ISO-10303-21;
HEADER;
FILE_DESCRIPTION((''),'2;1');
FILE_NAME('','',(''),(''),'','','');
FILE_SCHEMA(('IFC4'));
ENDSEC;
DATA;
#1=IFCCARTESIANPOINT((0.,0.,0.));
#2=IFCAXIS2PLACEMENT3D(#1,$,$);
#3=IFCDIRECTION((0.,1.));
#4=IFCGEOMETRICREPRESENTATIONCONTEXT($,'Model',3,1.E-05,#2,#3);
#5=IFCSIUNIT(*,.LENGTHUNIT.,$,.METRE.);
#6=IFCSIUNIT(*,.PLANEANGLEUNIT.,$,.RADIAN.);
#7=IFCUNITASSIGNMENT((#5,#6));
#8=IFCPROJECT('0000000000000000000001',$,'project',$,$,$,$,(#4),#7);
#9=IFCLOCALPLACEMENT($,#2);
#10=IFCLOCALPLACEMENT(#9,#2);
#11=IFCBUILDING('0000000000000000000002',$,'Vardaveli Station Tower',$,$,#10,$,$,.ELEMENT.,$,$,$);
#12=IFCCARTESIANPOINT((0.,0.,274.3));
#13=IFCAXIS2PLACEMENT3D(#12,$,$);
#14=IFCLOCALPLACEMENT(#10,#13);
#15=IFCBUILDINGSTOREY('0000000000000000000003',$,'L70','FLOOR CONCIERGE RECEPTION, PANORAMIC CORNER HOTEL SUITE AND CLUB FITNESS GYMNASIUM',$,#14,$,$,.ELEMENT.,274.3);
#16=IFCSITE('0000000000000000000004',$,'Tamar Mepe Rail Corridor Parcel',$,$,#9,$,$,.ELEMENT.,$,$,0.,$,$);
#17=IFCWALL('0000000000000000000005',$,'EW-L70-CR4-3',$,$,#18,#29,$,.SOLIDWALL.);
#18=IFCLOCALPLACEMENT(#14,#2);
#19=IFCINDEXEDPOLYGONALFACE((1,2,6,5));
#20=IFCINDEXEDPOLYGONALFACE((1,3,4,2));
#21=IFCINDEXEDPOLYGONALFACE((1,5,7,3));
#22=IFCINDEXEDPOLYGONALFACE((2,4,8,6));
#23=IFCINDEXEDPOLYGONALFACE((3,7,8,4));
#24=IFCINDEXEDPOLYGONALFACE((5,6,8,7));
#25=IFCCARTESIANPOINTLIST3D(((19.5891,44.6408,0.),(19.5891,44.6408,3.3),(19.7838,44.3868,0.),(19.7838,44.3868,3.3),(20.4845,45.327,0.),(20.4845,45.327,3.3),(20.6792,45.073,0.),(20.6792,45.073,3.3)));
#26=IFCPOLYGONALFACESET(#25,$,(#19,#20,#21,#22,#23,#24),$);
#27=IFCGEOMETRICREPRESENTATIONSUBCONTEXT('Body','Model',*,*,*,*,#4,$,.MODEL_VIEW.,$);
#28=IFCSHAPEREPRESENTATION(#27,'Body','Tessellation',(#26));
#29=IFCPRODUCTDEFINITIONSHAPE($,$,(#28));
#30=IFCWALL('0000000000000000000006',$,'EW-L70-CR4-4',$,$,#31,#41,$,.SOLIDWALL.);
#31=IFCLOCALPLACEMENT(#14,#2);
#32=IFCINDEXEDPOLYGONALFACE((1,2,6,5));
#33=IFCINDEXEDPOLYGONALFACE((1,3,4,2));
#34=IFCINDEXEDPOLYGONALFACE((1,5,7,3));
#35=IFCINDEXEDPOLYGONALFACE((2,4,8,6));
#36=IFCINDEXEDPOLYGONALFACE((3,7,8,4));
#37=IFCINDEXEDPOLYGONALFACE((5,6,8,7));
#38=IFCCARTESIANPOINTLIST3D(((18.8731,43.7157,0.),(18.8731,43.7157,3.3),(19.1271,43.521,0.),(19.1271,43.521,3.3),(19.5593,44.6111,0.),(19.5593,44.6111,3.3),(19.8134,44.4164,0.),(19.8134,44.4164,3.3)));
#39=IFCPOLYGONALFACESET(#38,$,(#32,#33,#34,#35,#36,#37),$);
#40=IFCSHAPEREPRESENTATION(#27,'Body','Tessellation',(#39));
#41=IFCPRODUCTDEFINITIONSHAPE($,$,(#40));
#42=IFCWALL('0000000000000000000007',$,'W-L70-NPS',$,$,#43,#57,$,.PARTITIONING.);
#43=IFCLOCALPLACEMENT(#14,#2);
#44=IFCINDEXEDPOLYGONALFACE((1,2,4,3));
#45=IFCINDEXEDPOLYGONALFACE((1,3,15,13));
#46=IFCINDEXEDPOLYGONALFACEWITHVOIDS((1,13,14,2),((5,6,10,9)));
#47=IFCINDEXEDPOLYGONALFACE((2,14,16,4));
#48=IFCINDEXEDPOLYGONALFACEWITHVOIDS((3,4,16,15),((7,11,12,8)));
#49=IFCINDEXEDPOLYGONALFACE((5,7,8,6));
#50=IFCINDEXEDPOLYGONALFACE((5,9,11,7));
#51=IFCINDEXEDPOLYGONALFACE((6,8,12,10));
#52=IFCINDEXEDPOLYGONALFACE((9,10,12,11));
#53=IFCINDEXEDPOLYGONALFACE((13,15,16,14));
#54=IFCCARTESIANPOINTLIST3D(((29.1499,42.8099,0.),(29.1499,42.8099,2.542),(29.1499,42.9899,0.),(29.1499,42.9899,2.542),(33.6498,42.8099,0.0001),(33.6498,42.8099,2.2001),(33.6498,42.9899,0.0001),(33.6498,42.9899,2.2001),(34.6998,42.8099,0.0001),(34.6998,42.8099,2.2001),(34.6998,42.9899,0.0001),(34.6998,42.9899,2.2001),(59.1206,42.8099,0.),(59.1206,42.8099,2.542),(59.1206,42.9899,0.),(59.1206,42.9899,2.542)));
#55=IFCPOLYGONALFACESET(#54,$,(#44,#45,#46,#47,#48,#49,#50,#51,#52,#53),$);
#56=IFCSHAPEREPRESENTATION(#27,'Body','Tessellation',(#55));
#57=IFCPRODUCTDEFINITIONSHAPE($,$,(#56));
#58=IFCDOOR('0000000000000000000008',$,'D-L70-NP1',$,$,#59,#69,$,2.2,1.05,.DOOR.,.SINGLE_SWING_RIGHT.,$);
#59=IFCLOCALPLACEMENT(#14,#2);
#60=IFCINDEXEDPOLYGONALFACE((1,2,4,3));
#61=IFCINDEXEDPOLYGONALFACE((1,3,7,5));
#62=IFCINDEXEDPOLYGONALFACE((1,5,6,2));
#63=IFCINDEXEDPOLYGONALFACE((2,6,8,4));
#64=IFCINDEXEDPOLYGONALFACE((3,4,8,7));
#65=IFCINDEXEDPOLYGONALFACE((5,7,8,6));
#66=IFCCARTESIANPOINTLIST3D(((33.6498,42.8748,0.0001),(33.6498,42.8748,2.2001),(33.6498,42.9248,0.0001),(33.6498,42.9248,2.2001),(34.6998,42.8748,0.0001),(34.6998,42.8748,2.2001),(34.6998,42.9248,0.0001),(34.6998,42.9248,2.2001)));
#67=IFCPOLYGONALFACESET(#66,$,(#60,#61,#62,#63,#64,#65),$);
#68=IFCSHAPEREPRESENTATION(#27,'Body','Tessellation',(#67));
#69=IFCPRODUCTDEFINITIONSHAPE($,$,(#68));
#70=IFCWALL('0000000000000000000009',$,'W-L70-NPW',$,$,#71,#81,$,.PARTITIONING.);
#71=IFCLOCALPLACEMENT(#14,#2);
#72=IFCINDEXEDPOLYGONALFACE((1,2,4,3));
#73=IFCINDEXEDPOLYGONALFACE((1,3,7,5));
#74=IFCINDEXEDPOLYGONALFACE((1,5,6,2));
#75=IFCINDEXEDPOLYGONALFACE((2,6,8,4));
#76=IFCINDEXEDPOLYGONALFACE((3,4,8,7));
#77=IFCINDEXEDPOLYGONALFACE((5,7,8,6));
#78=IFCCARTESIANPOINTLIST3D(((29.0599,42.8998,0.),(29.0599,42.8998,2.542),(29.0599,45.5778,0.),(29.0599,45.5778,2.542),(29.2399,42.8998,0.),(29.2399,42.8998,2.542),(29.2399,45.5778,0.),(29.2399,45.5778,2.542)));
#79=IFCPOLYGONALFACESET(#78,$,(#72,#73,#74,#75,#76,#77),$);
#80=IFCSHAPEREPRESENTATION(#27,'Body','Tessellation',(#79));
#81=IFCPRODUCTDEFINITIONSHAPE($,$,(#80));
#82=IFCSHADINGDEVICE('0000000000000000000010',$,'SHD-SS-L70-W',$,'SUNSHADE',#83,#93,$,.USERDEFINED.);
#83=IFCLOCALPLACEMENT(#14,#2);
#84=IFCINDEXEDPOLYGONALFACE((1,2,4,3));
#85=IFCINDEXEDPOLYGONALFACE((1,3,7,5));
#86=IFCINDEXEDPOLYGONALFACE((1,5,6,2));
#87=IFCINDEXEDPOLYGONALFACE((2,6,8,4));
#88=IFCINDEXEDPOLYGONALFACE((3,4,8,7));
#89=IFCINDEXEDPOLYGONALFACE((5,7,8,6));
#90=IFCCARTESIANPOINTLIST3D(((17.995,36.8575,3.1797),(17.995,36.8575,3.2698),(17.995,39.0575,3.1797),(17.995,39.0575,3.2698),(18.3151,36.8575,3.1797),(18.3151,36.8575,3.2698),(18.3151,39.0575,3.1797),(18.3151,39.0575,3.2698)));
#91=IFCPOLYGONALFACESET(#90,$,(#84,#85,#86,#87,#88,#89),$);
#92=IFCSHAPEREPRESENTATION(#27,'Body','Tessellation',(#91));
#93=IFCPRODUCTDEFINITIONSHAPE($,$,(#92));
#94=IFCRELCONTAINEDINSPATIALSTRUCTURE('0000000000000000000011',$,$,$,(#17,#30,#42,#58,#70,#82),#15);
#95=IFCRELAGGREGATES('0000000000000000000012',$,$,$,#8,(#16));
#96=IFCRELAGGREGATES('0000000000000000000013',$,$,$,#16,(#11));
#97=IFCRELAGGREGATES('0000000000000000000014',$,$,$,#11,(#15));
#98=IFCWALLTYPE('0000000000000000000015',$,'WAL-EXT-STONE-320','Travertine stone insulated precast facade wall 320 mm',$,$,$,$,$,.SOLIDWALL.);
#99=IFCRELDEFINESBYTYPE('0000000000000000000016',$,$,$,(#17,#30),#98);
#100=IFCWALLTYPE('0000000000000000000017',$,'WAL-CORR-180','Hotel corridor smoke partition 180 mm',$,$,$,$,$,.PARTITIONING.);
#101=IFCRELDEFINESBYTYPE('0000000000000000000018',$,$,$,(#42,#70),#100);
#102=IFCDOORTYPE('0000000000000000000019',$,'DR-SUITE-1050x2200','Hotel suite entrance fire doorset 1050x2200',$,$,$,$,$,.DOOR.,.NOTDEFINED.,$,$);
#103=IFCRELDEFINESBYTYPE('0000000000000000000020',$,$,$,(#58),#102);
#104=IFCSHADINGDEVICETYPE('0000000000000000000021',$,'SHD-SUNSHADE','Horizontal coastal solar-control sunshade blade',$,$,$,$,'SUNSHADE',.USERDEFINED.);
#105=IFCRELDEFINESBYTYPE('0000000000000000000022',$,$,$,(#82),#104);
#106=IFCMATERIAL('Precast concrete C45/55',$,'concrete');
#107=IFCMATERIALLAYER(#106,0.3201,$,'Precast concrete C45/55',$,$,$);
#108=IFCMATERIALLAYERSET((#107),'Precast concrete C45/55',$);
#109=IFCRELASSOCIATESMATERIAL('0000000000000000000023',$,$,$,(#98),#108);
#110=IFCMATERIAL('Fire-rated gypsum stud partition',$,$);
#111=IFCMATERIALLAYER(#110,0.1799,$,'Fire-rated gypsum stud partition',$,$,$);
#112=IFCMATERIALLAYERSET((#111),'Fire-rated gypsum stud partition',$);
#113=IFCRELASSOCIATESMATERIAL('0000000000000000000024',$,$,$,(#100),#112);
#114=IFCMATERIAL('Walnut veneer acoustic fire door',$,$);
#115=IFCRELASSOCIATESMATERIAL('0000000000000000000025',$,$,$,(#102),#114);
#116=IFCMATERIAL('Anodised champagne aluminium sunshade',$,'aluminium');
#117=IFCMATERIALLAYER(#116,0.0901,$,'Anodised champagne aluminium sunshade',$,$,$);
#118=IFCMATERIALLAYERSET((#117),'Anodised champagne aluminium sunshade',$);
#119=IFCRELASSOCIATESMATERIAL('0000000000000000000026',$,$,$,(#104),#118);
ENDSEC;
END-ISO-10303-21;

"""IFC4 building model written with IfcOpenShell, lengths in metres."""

from ifc_helpers import new_model, si_unit, direction, frame, frame_2d, origin, origin_2d, place, context, subcontext, project, spatial, rectangle, extrude, source, transform, mapped, material, layer, layer_set, type_object, element, fill, save


model = new_model("IFC4")

# Units and contexts
model_context = context("Model", 3, precision=1e-05, world=origin(), true_north=direction((0.0, 1.0)))
body_context = subcontext(model_context, "Body", "Model", "MODEL_VIEW")
ifc_project = project(units=[si_unit("LENGTHUNIT", "METRE"), si_unit("PLANEANGLEUNIT", "RADIAN")], contexts=[model_context])

# Site, building, storey
site_placement = place(None, origin())
site = spatial("IfcSite", under=ifc_project, at=site_placement, Name="Tamar Mepe Rail Corridor Parcel", CompositionType="ELEMENT", RefElevation=0.0)
building_placement = place(site_placement, origin())
building = spatial("IfcBuilding", under=site, at=building_placement, Name="Vardaveli Station Tower", CompositionType="ELEMENT")
storey_placement = place(building_placement, frame((0.0, 0.0, 274.3)))
storey = spatial("IfcBuildingStorey", under=building, at=storey_placement, Name="L70", Description="FLOOR CONCIERGE RECEPTION, PANORAMIC CORNER HOTEL SUITE AND CLUB FITNESS GYMNASIUM", CompositionType="ELEMENT", Elevation=274.3)

# Shared definitions
ifc_material_1 = material(Name="Precast concrete C45/55", Category="concrete")

# Shared definitions
ifc_layer_1 = layer(ifc_material_1, 0.3201, Name="Precast concrete C45/55")
ifc_layer_set_1 = layer_set([ifc_layer_1], Name="Precast concrete C45/55")
wall_type_1 = type_object("IfcWallType", Name="WAL-EXT-STONE-320", Description="Travertine stone insulated precast facade wall 320 mm", PredefinedType="SOLIDWALL", material=ifc_layer_set_1)

# Walls
shared_shape_1 = source(origin(), body_context, "Body", "SweptSolid", [
    extrude(rectangle(XDim=1.1282, YDim=0.3201, at=frame_2d((0.564, 0.0))), origin(), (0.0, 0.0, 1.0), 3.3),
])
for number, where, z_axis, x_axis, name in (
    (1, (20.5818, 45.2, 0.0), (0.0, 0.0, 1.0), (-0.793725, -0.608277, 0.0), "EW-L70-CR4-3"),
    (2, (19.6863, 44.5137, 0.0), (0.0, 0.0, 1.0), (-0.608277, -0.793725, 0.0), "EW-L70-CR4-4"),
):
    element("IfcWall", number, at=place(storey_placement, frame(where, z_axis=z_axis, x_axis=x_axis)), inside=storey, type_object=wall_type_1, Name=name, PredefinedType="SOLIDWALL", context=body_context, shape_type="MappedRepresentation", body=[
        mapped(shared_shape_1, transform((0.0, 0.0, 0.0), scale=1.0)),
    ])

# Wall, opening, door
ifc_material_2 = material(Name="Fire-rated gypsum stud partition")
ifc_layer_2 = layer(ifc_material_2, 0.1799, Name="Fire-rated gypsum stud partition")
ifc_layer_set_2 = layer_set([ifc_layer_2], Name="Fire-rated gypsum stud partition")
wall_type_2 = type_object("IfcWallType", Name="WAL-CORR-180", Description="Hotel corridor smoke partition 180 mm", PredefinedType="PARTITIONING", material=ifc_layer_set_2)
shared_shape_2 = source(origin(), body_context, "Body", "SweptSolid", [
    extrude(rectangle(XDim=29.9707, YDim=0.1799, at=frame_2d((14.9854, 0.0))), origin(), (0.0, 0.0, 1.0), 2.542),
])
wall_1_placement = place(storey_placement, frame((29.1499, 42.8999, 0.0), z_axis=(0.0, 0.0, 1.0), x_axis=(1.0, 0.0, 0.0)))
wall_1 = element("IfcWall", 3, at=wall_1_placement, inside=storey, type_object=wall_type_2, Name="W-L70-NPS", PredefinedType="PARTITIONING", context=body_context, shape_type="MappedRepresentation", body=[
    mapped(shared_shape_2, transform((0.0, 0.0, 0.0), scale=1.0)),
])
shared_shape_3 = source(origin(), body_context, "Body", "SweptSolid", [
    extrude(rectangle(XDim=1.05, YDim=2.2, at=frame_2d((0.5249, 1.1001))), frame((0.0, 0.1001, 0.0), z_axis=(0.0, -1.0, 0.0), x_axis=(1.0, 0.0, 0.0)), (0.0, 0.0, 1.0), 0.2),
])
opening_1_placement = place(wall_1_placement, frame((4.5, 0.0, 0.0)))
opening_1 = element("IfcOpeningElement", 4, at=opening_1_placement, cuts=wall_1, PredefinedType="OPENING", context=body_context, shape_type="MappedRepresentation", body=[
    mapped(shared_shape_3, transform((0.0, 0.0, 0.0), scale=1.0)),
])
ifc_material_3 = material(Name="Walnut veneer acoustic fire door")
door_type_1 = type_object("IfcDoorType", Name="DR-SUITE-1050x2200", Description="Hotel suite entrance fire doorset 1050x2200", OperationType="NOTDEFINED", PredefinedType="DOOR", material=ifc_material_3)
shared_shape_4 = source(origin(), body_context, "Body", "SweptSolid", [
    extrude(rectangle(XDim=1.05, YDim=2.2, at=frame_2d((0.5249, 1.1001))), frame((0.0, 0.0249, 0.0), z_axis=(0.0, -1.0, 0.0), x_axis=(1.0, 0.0, 0.0)), (0.0, 0.0, 1.0), 0.05),
])
door_1_placement = place(opening_1_placement, origin())
door_1 = element("IfcDoor", 5, at=door_1_placement, inside=storey, type_object=door_type_1, Name="D-L70-NP1", OperationType="SINGLE_SWING_RIGHT", OverallHeight=2.2, OverallWidth=1.05, PredefinedType="DOOR", context=body_context, shape_type="MappedRepresentation", body=[
    mapped(shared_shape_4, transform((0.0, 0.0, 0.0), scale=1.0)),
])
fill(opening_1, door_1)

# Wall
shared_shape_5 = source(origin(), body_context, "Body", "SweptSolid", [
    extrude(rectangle(XDim=2.678, YDim=0.1799, at=frame_2d((1.3389, 0.0))), origin(), (0.0, 0.0, 1.0), 2.542),
])
wall_2_placement = place(storey_placement, frame((29.1499, 42.8999, 0.0), z_axis=(0.0, 0.0, 1.0), x_axis=(0.0, 1.0, 0.0)))
element("IfcWall", 6, at=wall_2_placement, inside=storey, type_object=wall_type_2, Name="W-L70-NPW", PredefinedType="PARTITIONING", context=body_context, shape_type="MappedRepresentation", body=[
    mapped(shared_shape_5, transform((0.0, 0.0, 0.0), scale=1.0)),
])

# Shading device
ifc_material_4 = material(Name="Anodised champagne aluminium sunshade", Category="aluminium")
ifc_layer_3 = layer(ifc_material_4, 0.0901, Name="Anodised champagne aluminium sunshade")
ifc_layer_set_3 = layer_set([ifc_layer_3], Name="Anodised champagne aluminium sunshade")
shading_device_type = type_object("IfcShadingDeviceType", Name="SHD-SUNSHADE", Description="Horizontal coastal solar-control sunshade blade", ElementType="SUNSHADE", PredefinedType="USERDEFINED", material=ifc_layer_set_3)
shared_shape_6 = source(origin(), body_context, "Body", "SweptSolid", [
    extrude(rectangle(XDim=2.2, YDim=0.3201, at=origin_2d()), origin(), (0.0, 0.0, 1.0), 0.0901),
])
shading_device_placement = place(storey_placement, frame((18.155, 37.9575, 3.1797), z_axis=(0.0, 0.0, 1.0), x_axis=(0.0, 1.0, 0.0)))
element("IfcShadingDevice", 7, at=shading_device_placement, inside=storey, type_object=shading_device_type, Name="SHD-SS-L70-W", ObjectType="SUNSHADE", PredefinedType="USERDEFINED", context=body_context, shape_type="MappedRepresentation", body=[
    mapped(shared_shape_6, transform((0.0, 0.0, 0.0), scale=1.0)),
])

save(model, "model.ifc")
